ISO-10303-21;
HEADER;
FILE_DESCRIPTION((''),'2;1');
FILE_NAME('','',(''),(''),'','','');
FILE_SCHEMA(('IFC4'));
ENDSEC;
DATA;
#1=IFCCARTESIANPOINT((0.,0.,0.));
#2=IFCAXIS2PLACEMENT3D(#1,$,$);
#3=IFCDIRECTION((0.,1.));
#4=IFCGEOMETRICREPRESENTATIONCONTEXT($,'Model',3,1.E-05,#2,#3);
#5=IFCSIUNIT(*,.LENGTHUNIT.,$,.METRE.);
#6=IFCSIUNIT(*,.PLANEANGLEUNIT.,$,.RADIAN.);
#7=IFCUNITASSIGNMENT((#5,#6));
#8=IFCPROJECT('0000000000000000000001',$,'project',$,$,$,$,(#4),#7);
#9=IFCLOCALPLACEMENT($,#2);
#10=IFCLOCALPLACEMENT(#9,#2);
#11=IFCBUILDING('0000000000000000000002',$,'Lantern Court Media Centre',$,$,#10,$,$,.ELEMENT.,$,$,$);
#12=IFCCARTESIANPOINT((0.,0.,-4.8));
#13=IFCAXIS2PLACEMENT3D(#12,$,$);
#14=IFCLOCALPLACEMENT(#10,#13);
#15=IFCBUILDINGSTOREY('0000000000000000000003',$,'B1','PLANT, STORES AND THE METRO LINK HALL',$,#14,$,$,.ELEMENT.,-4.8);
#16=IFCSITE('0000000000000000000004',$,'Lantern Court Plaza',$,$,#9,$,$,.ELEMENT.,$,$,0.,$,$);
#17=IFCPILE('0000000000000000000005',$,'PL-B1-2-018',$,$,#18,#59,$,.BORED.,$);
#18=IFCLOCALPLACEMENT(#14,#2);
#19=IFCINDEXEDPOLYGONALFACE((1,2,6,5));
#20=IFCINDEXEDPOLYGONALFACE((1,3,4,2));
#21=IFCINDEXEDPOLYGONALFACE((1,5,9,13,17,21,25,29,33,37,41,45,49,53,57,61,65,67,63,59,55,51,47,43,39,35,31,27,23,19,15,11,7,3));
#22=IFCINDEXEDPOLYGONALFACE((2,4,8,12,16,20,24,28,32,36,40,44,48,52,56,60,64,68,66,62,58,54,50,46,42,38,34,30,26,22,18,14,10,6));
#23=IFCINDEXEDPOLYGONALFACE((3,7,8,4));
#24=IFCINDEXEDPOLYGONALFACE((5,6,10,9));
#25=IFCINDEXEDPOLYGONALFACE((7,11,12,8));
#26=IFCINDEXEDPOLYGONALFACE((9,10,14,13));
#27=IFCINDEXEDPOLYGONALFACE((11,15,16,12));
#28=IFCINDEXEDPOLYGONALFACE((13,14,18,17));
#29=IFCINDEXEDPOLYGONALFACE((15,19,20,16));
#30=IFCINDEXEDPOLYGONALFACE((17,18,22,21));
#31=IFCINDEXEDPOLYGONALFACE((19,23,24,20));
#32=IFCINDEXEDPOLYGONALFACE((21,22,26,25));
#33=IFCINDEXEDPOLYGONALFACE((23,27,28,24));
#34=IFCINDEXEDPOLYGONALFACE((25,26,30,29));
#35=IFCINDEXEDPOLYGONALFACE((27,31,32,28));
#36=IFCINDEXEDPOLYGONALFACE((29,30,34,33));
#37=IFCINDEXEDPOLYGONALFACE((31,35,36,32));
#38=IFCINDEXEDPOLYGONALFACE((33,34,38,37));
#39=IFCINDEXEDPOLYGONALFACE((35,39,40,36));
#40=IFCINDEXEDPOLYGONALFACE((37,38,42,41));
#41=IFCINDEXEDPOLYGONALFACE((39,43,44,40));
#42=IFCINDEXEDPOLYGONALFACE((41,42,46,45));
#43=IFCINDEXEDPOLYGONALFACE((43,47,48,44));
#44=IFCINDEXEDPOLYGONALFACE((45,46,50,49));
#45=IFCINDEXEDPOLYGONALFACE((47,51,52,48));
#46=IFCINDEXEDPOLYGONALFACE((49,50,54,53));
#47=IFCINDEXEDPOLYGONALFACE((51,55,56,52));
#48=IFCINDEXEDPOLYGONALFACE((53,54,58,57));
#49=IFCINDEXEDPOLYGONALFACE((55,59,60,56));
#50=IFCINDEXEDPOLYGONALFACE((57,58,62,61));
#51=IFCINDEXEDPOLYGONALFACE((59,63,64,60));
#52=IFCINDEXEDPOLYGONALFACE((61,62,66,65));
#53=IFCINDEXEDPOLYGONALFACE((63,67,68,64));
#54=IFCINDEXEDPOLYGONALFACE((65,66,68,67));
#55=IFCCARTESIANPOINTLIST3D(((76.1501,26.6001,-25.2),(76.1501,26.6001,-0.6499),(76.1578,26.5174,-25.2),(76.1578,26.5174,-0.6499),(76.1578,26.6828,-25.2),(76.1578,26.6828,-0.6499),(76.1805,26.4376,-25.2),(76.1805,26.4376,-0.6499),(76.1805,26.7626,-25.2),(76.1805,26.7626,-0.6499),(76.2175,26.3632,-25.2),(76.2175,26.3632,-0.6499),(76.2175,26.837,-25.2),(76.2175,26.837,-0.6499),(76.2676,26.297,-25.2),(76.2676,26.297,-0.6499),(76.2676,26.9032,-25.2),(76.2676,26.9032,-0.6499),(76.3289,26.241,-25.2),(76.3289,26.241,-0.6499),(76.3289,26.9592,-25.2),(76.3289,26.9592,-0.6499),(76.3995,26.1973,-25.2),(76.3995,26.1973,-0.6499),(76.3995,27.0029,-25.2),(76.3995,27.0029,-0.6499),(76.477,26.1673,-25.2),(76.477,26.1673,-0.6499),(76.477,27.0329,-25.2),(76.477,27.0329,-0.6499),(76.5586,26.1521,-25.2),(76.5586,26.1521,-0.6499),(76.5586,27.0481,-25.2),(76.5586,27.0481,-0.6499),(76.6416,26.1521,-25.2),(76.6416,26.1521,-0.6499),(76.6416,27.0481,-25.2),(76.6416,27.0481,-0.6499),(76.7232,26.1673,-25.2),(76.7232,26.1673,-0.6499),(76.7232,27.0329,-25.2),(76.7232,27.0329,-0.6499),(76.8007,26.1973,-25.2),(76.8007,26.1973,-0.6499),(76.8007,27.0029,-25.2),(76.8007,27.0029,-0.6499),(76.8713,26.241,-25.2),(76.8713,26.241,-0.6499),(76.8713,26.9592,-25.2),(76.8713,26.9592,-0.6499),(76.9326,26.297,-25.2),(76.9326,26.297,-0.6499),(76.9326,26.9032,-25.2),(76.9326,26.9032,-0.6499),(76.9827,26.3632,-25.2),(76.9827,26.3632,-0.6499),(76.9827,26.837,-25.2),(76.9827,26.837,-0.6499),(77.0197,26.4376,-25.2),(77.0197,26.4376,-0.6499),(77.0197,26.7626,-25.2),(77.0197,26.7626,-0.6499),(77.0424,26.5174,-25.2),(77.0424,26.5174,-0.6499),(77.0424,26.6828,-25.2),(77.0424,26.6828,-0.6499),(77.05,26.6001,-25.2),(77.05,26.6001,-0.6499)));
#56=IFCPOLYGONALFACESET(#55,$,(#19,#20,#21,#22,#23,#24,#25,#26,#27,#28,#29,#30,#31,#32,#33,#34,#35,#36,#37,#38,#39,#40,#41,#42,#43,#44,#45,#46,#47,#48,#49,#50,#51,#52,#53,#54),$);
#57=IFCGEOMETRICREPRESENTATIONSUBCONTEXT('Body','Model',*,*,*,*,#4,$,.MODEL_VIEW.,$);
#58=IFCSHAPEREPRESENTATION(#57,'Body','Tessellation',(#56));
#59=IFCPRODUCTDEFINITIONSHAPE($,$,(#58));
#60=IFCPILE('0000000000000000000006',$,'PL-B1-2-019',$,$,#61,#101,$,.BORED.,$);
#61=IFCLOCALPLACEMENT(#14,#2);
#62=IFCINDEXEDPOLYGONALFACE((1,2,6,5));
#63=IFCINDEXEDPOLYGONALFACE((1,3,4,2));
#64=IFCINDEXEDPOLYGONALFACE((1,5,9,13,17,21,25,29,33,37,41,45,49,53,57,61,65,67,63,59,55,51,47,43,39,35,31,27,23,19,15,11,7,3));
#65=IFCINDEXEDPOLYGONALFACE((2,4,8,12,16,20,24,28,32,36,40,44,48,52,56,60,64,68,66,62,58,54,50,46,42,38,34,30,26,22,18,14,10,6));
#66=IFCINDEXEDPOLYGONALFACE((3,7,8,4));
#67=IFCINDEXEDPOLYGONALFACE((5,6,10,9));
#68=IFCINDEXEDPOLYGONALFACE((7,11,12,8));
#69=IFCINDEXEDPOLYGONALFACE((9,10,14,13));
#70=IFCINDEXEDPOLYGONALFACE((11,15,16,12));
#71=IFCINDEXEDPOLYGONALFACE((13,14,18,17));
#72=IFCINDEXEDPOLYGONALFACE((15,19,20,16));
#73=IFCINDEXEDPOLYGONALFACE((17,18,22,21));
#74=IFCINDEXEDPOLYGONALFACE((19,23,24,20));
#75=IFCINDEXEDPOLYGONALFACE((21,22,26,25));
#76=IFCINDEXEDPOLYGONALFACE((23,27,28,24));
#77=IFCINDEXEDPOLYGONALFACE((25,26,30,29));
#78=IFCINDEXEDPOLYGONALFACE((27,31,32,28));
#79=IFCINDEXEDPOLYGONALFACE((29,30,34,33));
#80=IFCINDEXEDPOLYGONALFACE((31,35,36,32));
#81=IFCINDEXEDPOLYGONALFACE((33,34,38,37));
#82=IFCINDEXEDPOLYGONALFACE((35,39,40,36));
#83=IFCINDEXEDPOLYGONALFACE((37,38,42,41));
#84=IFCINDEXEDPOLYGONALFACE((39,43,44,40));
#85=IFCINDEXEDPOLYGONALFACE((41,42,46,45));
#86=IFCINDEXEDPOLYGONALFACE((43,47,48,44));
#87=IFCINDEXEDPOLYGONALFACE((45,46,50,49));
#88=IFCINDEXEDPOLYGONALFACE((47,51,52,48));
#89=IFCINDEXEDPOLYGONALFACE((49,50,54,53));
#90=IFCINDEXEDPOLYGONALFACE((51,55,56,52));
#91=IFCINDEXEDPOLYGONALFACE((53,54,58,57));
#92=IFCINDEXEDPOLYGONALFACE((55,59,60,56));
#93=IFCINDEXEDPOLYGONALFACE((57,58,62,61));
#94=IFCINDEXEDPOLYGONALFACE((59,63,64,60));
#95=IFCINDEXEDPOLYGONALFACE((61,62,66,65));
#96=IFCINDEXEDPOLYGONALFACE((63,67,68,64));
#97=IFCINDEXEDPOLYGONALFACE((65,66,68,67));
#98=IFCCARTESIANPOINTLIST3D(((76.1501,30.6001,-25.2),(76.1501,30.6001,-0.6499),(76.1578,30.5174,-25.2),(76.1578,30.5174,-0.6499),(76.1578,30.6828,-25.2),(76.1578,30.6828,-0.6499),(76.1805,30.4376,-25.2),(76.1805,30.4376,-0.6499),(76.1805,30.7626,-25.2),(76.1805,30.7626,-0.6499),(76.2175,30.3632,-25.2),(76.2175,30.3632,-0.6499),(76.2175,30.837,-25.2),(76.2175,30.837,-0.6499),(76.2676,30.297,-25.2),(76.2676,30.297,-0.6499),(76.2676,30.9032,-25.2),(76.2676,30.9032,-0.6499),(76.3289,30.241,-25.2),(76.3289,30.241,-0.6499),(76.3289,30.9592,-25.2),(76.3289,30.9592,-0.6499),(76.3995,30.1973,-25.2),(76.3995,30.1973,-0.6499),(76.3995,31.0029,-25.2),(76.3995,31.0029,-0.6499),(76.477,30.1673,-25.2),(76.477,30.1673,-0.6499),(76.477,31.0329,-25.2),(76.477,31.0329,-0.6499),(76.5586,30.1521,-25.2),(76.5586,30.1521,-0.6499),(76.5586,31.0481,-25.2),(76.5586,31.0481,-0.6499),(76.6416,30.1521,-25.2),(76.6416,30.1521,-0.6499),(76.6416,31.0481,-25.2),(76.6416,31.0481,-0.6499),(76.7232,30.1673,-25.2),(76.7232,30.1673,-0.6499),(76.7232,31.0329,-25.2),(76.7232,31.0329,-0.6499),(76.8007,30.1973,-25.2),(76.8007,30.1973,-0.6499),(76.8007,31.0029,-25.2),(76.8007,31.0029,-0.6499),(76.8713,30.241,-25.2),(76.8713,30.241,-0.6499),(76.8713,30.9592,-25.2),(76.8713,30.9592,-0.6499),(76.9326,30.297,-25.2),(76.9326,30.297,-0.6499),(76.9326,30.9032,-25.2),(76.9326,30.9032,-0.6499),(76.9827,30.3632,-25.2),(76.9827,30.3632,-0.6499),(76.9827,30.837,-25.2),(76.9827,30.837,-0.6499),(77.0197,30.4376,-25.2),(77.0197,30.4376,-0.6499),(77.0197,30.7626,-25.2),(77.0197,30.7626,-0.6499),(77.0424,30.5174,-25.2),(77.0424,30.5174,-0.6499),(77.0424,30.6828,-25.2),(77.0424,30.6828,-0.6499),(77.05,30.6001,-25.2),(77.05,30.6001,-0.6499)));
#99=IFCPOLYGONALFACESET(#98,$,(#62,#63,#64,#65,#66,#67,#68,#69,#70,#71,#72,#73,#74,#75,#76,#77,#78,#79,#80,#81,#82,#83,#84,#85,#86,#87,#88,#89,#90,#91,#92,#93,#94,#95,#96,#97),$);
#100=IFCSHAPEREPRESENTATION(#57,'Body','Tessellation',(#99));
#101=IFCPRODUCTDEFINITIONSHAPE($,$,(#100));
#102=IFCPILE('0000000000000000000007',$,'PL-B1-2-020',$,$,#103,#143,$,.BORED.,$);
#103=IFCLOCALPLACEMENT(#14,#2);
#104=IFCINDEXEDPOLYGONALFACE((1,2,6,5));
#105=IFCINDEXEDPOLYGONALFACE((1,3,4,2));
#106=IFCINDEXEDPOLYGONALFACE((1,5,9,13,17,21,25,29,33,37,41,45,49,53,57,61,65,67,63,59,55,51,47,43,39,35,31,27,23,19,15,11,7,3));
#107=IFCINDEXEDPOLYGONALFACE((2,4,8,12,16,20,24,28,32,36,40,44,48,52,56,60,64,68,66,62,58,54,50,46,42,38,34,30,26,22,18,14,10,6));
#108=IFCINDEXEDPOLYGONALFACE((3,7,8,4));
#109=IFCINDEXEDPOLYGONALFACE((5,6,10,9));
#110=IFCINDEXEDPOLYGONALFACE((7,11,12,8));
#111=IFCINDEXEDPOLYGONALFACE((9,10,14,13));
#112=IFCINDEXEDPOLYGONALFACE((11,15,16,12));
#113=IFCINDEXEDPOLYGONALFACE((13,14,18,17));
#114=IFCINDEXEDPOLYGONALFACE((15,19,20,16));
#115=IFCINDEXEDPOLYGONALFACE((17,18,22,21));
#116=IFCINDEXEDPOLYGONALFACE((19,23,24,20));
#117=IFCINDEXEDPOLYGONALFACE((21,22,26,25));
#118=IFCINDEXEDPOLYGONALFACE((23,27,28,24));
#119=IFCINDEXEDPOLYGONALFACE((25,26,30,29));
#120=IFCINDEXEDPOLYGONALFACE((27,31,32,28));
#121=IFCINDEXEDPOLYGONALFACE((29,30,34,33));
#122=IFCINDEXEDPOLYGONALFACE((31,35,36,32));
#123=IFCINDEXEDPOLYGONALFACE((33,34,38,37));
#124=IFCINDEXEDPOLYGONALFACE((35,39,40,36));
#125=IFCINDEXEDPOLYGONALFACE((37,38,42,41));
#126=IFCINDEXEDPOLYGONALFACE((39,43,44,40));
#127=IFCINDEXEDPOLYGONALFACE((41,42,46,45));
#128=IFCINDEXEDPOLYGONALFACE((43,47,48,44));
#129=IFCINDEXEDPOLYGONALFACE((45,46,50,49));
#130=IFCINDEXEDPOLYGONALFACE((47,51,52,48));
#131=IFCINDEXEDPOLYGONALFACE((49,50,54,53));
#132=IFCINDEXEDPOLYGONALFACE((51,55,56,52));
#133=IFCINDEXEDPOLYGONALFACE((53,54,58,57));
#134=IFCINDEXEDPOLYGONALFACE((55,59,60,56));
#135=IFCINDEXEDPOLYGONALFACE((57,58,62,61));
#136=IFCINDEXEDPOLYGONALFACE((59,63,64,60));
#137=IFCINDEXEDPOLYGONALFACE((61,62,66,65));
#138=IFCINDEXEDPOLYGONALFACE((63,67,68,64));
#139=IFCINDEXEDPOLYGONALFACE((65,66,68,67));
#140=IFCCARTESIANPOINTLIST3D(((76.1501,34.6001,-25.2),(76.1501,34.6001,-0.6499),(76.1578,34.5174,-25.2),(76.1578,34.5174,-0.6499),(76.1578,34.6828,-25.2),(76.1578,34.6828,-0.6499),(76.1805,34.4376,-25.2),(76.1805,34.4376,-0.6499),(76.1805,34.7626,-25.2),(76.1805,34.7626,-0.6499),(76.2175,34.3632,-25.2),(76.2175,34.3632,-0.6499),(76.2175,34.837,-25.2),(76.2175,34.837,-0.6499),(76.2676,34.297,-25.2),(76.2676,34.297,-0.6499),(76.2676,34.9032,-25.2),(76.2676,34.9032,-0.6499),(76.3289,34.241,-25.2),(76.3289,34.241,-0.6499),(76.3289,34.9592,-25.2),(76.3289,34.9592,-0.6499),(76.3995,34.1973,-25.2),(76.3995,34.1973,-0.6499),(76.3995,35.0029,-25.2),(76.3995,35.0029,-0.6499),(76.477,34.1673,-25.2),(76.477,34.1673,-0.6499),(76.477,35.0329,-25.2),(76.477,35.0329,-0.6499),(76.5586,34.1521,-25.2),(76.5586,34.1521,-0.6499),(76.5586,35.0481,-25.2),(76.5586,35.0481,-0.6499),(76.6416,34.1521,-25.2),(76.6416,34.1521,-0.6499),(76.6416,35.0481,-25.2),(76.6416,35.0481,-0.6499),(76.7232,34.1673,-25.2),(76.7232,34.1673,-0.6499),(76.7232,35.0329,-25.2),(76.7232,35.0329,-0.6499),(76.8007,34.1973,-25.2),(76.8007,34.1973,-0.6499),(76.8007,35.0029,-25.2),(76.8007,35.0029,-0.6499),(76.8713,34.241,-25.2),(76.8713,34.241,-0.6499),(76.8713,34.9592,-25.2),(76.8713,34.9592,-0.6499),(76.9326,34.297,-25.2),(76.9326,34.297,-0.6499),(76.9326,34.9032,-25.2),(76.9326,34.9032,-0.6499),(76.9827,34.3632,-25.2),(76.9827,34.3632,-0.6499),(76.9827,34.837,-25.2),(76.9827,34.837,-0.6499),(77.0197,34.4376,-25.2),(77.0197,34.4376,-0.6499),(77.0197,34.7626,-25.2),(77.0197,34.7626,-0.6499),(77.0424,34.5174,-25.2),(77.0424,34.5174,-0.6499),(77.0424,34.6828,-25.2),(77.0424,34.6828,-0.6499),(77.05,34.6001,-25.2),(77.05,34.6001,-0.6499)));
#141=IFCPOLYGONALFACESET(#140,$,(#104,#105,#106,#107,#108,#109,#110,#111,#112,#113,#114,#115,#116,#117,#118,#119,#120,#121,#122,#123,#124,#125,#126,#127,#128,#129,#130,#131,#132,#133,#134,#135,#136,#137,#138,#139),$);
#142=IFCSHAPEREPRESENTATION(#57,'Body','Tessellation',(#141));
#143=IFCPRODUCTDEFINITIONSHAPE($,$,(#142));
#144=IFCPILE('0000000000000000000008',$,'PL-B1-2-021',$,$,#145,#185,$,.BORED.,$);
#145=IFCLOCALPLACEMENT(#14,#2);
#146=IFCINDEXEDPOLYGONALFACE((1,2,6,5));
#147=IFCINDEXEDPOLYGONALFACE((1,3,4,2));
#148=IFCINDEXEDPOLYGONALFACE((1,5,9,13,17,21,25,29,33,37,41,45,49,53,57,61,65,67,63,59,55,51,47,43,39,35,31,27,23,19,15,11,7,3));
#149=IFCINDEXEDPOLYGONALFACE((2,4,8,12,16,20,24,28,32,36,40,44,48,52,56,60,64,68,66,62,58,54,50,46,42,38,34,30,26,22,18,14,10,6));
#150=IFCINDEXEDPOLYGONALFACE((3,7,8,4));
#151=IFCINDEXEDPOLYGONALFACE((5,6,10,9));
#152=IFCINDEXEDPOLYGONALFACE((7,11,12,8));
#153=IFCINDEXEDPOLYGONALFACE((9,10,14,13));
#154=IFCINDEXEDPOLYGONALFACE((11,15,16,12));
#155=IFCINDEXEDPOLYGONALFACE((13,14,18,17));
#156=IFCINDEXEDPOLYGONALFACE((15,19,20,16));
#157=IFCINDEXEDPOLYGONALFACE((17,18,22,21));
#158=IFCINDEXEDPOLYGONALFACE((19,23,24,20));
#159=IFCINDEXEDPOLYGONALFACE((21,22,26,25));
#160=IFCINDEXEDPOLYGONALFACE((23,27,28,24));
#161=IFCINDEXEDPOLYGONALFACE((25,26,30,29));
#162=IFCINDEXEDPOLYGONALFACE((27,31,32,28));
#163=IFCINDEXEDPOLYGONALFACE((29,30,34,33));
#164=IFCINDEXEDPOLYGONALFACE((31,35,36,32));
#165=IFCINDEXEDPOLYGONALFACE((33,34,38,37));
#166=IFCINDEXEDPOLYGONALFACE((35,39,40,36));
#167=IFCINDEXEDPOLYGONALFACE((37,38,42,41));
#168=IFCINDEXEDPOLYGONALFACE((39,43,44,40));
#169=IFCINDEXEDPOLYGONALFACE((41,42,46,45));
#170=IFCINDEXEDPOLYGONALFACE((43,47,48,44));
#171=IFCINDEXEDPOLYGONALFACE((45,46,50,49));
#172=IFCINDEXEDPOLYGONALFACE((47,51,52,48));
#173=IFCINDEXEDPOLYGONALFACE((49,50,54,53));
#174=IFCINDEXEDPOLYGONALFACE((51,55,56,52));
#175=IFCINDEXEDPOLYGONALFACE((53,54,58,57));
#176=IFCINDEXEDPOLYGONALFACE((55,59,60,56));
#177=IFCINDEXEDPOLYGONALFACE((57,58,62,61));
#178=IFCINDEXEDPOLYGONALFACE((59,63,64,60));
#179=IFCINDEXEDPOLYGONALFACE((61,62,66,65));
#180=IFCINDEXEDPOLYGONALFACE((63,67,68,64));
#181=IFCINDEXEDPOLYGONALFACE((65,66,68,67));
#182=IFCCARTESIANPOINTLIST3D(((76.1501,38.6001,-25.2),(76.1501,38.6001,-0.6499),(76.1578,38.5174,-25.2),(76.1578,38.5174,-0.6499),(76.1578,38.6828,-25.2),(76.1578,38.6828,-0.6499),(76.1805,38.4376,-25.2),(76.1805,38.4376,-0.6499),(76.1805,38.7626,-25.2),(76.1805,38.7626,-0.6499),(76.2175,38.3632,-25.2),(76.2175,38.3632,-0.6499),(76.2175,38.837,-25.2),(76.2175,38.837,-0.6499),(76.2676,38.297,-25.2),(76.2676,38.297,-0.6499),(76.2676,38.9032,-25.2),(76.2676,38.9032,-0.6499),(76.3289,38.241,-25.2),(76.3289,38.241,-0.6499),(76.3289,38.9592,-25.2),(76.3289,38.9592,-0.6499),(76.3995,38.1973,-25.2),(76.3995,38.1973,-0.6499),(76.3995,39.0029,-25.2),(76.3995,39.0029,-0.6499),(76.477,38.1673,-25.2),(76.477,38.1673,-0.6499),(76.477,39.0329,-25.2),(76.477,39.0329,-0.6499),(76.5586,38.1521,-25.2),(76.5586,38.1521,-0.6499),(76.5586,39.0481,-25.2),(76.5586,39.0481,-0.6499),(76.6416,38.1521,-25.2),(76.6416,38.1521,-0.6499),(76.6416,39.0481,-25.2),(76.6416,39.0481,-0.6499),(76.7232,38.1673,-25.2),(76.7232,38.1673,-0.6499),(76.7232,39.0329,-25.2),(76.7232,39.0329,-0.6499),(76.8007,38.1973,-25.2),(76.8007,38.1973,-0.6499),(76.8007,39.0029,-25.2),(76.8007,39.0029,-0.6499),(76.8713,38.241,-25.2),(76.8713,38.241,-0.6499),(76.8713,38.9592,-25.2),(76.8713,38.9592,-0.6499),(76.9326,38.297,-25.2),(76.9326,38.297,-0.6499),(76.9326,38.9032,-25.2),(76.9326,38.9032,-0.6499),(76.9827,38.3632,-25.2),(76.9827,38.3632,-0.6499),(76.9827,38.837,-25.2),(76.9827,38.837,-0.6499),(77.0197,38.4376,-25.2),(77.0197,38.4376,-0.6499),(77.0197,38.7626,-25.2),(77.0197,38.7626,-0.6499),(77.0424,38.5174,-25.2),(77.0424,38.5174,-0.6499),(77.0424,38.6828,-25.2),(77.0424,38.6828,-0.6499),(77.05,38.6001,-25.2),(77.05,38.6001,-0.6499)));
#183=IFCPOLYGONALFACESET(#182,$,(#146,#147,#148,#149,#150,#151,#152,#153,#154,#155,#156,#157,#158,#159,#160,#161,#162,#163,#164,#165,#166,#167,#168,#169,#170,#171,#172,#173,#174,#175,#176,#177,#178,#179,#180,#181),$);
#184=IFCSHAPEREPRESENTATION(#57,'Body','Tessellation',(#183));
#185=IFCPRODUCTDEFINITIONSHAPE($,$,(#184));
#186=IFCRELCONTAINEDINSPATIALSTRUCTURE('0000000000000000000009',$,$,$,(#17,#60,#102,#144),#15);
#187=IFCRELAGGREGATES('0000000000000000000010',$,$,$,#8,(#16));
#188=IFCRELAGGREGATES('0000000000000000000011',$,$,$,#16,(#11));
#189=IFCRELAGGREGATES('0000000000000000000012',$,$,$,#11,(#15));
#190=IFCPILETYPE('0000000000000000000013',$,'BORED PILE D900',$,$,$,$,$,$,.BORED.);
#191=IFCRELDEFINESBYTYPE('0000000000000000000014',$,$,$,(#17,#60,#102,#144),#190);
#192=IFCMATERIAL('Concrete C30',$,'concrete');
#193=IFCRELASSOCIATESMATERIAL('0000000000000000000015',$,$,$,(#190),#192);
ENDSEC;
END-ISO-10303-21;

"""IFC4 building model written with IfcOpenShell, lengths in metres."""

from ifc_helpers import new_model, si_unit, direction, frame, origin, origin_2d, place, context, subcontext, project, spatial, circle, extrude, material, material_profile, profile_set, type_object, element, save


model = new_model("IFC4")

# Units and contexts
model_context = context("Model", 3, precision=1e-05, world=origin(), true_north=direction((0.0, 1.0)))
body_context = subcontext(model_context, "Body", "Model", "MODEL_VIEW")
ifc_project = project(units=[si_unit("LENGTHUNIT", "METRE"), si_unit("PLANEANGLEUNIT", "RADIAN")], contexts=[model_context])

# Site, building, storey
site_placement = place(None, origin())
site = spatial("IfcSite", under=ifc_project, at=site_placement, Name="Lantern Court Plaza", CompositionType="ELEMENT", RefElevation=0.0)
building_placement = place(site_placement, origin())
building = spatial("IfcBuilding", under=site, at=building_placement, Name="Lantern Court Media Centre", CompositionType="ELEMENT")
storey_placement = place(building_placement, frame((0.0, 0.0, -4.8)))
storey = spatial("IfcBuildingStorey", under=building, at=storey_placement, Name="B1", Description="PLANT, STORES AND THE METRO LINK HALL", CompositionType="ELEMENT", Elevation=-4.8)

# Piles
ifc_material_1 = material(Name="Concrete C30", Category="concrete")
ifc_material_profile_1 = material_profile(ifc_material_1, circle(Radius=0.45, at=origin_2d()), Name="D900")
ifc_profile_set_1 = profile_set([ifc_material_profile_1], Name="Concrete C30")
pile_type = type_object("IfcPileType", Name="BORED PILE D900", PredefinedType="BORED", material=ifc_profile_set_1)
for number, where, z_axis, x_axis, name in (
    (1, (76.6001, 26.6001, -0.6499), (0.0, 0.0, -1.0), (1.0, 0.0, 0.0), "PL-B1-2-018"),
    (2, (76.6001, 30.6001, -0.6499), (0.0, 0.0, -1.0), (1.0, 0.0, 0.0), "PL-B1-2-019"),
    (3, (76.6001, 34.6001, -0.6499), (0.0, 0.0, -1.0), (1.0, 0.0, 0.0), "PL-B1-2-020"),
    (4, (76.6001, 38.6001, -0.6499), (0.0, 0.0, -1.0), (1.0, 0.0, 0.0), "PL-B1-2-021"),
):
    element("IfcPile", number, at=place(storey_placement, frame(where, z_axis=z_axis, x_axis=x_axis)), inside=storey, type_object=pile_type, Name=name, PredefinedType="BORED", context=body_context, shape_type="SweptSolid", body=[
        extrude(circle(Radius=0.45, at=origin_2d()), origin(), (0.0, 0.0, 1.0), 24.55),
    ])

save(model, "model.ifc")
